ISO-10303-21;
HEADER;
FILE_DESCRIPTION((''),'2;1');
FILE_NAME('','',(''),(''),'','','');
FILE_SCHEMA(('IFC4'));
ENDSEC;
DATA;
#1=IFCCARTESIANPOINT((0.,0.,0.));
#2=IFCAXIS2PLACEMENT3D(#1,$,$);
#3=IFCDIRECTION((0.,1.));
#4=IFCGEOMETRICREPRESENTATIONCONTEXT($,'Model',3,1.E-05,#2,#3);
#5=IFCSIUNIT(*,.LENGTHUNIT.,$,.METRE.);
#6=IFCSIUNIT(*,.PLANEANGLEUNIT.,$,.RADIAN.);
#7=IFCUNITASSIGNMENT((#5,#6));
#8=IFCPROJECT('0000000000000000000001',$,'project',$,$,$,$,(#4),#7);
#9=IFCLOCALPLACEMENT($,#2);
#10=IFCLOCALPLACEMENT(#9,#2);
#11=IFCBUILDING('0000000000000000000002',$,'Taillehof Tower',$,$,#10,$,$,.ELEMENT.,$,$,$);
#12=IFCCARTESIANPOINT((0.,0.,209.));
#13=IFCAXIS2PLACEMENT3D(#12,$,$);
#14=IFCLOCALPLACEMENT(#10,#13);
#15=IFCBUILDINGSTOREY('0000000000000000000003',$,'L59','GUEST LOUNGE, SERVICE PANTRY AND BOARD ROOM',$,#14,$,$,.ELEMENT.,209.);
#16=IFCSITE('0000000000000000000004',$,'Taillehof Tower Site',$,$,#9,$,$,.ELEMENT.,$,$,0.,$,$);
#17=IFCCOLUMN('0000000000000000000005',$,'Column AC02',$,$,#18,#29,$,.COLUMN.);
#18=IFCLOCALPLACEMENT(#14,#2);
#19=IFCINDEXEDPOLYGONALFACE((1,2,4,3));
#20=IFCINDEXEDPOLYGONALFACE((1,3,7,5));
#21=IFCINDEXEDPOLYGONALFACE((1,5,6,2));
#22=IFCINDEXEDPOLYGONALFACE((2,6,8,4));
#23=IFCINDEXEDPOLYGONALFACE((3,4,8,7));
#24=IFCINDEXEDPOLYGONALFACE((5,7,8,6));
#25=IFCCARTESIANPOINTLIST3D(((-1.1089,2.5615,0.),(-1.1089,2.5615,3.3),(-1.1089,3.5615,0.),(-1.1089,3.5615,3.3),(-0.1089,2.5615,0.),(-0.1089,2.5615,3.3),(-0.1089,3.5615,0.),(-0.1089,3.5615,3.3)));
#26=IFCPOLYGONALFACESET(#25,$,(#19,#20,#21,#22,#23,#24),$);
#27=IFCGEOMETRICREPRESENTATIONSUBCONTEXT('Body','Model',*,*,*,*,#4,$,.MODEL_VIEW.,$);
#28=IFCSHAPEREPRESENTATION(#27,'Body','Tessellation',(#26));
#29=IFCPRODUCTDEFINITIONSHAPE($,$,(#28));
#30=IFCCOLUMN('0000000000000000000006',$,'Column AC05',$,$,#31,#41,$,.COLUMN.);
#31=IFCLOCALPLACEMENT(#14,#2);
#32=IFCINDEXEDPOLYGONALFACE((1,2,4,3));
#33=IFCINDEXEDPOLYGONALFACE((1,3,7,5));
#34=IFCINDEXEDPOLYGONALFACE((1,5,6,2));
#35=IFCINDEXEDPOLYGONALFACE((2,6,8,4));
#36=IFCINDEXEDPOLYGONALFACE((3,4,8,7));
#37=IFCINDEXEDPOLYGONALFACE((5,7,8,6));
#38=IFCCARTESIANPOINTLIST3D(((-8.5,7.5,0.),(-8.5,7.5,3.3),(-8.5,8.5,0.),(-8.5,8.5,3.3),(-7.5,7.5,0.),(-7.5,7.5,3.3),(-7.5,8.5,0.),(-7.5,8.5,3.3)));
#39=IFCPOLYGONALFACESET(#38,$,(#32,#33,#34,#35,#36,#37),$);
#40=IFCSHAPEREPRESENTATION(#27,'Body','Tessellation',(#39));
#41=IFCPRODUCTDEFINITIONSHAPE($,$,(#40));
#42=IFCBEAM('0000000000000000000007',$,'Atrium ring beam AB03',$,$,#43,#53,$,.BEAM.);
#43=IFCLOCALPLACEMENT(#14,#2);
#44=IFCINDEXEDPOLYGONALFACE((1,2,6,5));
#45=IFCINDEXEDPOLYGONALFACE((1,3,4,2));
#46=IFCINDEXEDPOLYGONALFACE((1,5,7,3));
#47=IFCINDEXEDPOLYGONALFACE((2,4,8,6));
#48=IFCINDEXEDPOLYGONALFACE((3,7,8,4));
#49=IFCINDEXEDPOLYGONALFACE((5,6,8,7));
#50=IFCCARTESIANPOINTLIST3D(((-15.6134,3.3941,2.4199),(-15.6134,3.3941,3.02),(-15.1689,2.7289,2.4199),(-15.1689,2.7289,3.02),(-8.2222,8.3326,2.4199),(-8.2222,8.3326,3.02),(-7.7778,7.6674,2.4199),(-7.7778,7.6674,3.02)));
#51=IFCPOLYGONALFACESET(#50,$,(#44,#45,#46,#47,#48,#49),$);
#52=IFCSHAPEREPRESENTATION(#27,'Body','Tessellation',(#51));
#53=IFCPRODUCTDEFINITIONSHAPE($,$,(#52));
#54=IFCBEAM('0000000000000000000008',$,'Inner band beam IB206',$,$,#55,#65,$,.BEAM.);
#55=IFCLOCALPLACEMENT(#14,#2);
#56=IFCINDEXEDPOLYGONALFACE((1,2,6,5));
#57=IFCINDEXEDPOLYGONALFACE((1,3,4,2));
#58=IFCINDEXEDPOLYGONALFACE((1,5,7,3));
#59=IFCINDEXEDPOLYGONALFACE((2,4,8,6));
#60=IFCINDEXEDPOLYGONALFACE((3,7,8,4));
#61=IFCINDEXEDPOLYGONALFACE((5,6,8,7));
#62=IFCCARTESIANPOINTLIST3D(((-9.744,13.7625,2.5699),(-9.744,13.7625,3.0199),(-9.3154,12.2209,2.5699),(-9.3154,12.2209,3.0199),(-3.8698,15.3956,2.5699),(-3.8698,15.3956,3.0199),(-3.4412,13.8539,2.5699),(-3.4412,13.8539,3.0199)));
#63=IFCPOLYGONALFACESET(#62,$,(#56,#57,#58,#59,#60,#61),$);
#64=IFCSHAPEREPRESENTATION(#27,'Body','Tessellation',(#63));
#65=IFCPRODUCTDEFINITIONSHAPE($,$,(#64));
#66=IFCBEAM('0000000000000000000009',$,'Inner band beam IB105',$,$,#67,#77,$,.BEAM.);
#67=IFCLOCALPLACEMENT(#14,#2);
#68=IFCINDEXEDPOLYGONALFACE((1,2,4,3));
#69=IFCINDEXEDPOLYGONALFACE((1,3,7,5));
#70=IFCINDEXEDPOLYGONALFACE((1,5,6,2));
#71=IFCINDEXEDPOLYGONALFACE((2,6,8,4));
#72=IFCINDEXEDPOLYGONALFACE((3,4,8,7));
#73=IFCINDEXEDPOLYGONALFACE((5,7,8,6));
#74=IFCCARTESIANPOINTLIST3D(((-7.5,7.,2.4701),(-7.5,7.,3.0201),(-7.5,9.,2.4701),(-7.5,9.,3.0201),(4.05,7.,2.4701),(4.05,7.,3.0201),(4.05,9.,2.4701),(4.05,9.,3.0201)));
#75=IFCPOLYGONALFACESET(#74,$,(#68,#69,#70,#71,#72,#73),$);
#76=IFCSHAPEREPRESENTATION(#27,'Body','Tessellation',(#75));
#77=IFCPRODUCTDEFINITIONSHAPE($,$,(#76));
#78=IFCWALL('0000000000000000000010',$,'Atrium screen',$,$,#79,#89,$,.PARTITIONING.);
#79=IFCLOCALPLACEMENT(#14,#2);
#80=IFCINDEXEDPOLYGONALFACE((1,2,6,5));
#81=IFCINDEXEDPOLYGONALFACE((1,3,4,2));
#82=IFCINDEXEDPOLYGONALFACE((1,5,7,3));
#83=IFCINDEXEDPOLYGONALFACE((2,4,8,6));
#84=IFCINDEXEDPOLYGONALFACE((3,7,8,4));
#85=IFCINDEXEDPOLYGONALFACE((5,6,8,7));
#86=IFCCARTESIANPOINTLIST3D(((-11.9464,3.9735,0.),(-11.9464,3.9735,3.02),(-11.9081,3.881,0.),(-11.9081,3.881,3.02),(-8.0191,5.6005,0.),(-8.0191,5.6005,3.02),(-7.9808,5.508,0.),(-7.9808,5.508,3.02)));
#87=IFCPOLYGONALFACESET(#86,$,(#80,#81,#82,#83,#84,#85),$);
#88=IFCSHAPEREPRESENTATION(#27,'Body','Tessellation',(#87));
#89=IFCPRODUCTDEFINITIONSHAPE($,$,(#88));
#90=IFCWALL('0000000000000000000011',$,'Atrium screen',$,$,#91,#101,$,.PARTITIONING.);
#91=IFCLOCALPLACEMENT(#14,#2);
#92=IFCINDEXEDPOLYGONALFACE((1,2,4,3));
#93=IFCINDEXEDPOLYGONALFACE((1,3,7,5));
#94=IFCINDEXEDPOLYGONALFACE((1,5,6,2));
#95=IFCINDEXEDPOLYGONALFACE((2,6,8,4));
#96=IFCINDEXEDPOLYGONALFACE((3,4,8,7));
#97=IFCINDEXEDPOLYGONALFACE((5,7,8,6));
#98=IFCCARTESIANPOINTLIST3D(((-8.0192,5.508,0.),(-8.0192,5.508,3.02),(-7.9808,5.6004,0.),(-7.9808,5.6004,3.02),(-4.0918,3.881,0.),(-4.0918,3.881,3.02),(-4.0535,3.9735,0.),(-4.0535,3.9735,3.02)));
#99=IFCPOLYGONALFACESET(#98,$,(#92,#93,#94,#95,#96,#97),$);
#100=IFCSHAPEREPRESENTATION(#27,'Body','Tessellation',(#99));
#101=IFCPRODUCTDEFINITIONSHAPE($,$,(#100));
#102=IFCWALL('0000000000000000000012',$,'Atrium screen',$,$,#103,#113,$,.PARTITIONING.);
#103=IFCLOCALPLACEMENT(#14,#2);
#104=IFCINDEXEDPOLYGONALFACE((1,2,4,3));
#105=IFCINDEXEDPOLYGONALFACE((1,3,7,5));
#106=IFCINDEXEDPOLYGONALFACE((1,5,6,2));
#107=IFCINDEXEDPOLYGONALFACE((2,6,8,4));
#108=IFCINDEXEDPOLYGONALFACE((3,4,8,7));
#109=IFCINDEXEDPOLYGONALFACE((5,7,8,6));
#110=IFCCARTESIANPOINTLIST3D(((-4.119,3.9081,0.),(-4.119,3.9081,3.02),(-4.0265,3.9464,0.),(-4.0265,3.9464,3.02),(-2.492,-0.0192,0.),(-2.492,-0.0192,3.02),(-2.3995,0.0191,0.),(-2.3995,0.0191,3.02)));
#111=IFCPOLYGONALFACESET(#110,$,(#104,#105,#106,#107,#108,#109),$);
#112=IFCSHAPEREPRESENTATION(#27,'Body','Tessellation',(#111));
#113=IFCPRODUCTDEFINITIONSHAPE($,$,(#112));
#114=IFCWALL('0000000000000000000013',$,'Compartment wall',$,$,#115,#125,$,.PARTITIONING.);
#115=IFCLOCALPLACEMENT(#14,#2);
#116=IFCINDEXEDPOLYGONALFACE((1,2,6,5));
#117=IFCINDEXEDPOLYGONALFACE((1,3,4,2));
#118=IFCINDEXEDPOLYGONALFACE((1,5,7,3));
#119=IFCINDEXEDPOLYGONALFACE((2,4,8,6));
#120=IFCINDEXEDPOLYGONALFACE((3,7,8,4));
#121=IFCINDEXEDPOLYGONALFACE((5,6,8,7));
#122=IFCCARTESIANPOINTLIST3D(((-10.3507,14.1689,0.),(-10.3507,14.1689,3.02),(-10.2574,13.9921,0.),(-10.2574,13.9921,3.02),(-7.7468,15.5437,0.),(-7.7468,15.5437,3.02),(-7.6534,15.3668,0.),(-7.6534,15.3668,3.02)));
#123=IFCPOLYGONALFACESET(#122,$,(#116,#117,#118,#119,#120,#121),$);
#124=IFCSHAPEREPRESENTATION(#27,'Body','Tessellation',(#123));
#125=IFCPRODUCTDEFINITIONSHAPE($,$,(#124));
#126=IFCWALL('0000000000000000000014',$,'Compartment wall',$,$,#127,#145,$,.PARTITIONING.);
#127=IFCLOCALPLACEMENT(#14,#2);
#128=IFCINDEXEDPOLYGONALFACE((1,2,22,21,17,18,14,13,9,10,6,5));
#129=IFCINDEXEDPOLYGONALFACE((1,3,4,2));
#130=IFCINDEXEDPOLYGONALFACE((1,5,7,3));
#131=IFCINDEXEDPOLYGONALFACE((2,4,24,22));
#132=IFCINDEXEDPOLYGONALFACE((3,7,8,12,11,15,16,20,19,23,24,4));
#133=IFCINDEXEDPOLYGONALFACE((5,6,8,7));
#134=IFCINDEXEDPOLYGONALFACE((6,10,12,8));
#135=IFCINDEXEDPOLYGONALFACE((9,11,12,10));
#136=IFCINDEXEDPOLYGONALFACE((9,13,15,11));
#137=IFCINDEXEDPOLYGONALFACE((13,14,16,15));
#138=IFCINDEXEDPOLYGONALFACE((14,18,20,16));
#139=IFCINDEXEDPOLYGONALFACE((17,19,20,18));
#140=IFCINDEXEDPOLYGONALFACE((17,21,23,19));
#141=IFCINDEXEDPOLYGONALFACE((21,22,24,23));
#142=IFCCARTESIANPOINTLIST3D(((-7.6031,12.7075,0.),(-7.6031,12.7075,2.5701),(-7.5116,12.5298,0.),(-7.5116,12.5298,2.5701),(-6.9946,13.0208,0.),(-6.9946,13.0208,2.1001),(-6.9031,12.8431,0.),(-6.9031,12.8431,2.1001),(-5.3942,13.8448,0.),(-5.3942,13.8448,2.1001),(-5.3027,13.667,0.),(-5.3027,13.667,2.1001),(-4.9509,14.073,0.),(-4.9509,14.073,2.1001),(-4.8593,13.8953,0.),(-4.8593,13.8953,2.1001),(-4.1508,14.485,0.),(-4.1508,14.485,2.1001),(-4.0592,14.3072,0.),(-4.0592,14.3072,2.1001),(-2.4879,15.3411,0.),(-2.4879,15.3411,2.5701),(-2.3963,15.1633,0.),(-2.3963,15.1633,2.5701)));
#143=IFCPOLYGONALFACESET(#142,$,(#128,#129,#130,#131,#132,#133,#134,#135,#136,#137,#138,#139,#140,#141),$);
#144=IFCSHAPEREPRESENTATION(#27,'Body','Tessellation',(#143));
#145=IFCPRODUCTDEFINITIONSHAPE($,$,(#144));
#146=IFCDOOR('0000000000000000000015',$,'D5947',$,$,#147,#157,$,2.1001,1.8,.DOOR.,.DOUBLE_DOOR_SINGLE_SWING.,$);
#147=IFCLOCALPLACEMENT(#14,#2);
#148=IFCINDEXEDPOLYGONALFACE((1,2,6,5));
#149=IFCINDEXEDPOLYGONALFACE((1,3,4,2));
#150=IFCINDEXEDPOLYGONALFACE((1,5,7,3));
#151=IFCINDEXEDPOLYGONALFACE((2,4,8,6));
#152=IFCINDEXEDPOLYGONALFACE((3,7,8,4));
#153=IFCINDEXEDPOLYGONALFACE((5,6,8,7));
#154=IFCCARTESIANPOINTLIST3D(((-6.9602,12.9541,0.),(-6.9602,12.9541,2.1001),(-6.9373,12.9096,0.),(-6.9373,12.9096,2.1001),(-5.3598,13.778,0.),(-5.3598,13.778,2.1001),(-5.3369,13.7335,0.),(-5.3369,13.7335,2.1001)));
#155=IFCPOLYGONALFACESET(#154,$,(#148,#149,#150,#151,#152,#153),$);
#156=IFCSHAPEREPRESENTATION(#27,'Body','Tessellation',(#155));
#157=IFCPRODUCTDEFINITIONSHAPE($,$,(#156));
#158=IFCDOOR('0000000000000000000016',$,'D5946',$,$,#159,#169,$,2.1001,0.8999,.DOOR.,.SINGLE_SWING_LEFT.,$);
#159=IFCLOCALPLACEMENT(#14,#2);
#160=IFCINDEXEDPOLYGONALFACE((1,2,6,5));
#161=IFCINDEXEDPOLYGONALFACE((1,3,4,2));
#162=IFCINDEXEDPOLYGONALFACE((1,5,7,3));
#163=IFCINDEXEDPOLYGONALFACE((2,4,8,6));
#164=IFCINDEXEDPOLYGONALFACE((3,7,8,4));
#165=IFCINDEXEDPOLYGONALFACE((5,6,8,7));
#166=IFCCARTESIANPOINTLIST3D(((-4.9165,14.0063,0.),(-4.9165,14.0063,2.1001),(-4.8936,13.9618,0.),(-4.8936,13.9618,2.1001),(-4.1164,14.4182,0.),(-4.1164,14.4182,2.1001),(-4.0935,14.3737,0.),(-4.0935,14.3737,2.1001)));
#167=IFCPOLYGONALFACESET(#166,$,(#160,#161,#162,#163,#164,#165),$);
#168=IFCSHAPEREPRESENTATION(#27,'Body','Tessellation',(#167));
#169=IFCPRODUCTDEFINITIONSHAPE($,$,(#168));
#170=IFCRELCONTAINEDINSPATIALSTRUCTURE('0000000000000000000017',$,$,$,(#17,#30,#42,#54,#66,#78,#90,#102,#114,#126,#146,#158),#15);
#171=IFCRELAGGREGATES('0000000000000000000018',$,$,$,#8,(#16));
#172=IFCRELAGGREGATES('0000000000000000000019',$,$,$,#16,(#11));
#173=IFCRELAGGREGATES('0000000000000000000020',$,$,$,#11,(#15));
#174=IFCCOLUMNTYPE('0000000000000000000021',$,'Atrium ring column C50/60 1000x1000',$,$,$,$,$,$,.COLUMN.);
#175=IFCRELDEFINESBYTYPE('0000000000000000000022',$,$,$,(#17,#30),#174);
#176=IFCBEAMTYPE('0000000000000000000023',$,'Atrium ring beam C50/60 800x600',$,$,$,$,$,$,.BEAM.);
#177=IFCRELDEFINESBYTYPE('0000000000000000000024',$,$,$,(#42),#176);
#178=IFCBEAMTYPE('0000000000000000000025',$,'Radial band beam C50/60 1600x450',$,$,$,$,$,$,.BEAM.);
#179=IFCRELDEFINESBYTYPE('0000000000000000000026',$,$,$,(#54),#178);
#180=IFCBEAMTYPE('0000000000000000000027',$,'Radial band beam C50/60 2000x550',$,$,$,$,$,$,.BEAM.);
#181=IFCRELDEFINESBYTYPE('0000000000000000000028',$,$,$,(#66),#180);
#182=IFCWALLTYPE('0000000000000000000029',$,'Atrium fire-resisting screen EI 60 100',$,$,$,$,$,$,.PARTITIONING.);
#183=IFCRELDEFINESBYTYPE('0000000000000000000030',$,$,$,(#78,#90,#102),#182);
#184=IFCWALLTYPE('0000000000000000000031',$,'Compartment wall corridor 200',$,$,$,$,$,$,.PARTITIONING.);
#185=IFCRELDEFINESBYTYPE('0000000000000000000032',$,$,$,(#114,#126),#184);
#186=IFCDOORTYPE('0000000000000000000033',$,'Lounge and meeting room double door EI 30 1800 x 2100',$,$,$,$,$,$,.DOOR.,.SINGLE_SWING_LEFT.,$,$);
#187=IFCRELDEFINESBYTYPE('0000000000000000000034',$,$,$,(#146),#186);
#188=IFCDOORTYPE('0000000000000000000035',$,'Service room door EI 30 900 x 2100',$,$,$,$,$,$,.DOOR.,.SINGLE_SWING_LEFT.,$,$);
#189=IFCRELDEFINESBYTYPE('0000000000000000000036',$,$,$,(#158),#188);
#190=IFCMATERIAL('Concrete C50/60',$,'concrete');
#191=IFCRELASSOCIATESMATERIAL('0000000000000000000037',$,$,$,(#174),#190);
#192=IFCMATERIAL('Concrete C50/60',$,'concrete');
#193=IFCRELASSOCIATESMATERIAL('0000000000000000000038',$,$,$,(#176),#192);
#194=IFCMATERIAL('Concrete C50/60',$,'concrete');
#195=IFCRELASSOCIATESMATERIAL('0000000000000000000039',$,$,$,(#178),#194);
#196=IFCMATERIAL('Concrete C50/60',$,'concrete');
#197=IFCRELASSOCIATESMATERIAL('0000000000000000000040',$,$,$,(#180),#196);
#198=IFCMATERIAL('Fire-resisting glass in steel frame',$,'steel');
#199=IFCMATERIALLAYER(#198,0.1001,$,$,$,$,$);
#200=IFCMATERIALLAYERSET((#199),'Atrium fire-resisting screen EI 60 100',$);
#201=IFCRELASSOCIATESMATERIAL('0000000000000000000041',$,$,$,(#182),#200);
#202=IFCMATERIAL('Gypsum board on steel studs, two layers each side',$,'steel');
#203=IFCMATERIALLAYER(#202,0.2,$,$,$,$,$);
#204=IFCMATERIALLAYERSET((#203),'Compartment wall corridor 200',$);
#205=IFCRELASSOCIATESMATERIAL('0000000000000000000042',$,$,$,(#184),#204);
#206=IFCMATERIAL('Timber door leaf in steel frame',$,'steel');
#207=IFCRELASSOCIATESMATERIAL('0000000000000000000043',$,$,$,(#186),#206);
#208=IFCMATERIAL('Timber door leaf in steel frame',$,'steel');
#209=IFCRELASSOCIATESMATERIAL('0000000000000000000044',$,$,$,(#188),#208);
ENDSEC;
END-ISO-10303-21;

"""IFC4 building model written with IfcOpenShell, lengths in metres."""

from ifc_helpers import new_model, si_unit, direction, frame, frame_2d, origin, origin_2d, place, context, subcontext, project, spatial, rectangle, extrude, material, layer, layer_set, material_profile, profile_set, type_object, element, fill, save


model = new_model("IFC4")

# Units and contexts
model_context = context("Model", 3, precision=1e-05, world=origin(), true_north=direction((0.0, 1.0)))
body_context = subcontext(model_context, "Body", "Model", "MODEL_VIEW")
ifc_project = project(units=[si_unit("LENGTHUNIT", "METRE"), si_unit("PLANEANGLEUNIT", "RADIAN")], contexts=[model_context])

# Site, building, storey
site_placement = place(None, origin())
site = spatial("IfcSite", under=ifc_project, at=site_placement, Name="Taillehof Tower Site", CompositionType="ELEMENT", RefElevation=0.0)
building_placement = place(site_placement, origin())
building = spatial("IfcBuilding", under=site, at=building_placement, Name="Taillehof Tower", CompositionType="ELEMENT")
storey_placement = place(building_placement, frame((0.0, 0.0, 209.0)))
storey = spatial("IfcBuildingStorey", under=building, at=storey_placement, Name="L59", Description="GUEST LOUNGE, SERVICE PANTRY AND BOARD ROOM", CompositionType="ELEMENT", Elevation=209.0)

# Columns
ifc_material_1 = material(Name="Concrete C50/60", Category="concrete")
ifc_material_profile_1 = material_profile(ifc_material_1, rectangle(XDim=1.0, YDim=1.0, at=origin_2d()), Name="RC 1000x1000")
ifc_profile_set_1 = profile_set([ifc_material_profile_1], Name="Concrete C50/60")
column_type = type_object("IfcColumnType", Name="Atrium ring column C50/60 1000x1000", PredefinedType="COLUMN", material=ifc_profile_set_1)
for number, where, z_axis, x_axis, name in (
    (1, (-0.6089, 3.0615, 0.0), (0.0, 0.0, 1.0), (1.0, 0.0, 0.0), "Column AC02"),
    (2, (-8.0, 8.0, 0.0), (0.0, 0.0, 1.0), (1.0, 0.0, 0.0), "Column AC05"),
):
    element("IfcColumn", number, at=place(storey_placement, frame(where, z_axis=z_axis, x_axis=x_axis)), inside=storey, type_object=column_type, Name=name, PredefinedType="COLUMN", context=body_context, shape_type="SweptSolid", body=[
        extrude(rectangle(XDim=1.0, YDim=1.0, at=origin_2d()), origin(), (0.0, 0.0, 1.0), 3.3),
    ])

# Beams
ifc_material_2 = material(Name="Concrete C50/60", Category="concrete")
ifc_material_profile_2 = material_profile(ifc_material_2, rectangle(XDim=0.8, YDim=0.6001, at=origin_2d()), Name="RC 800x600")
ifc_profile_set_2 = profile_set([ifc_material_profile_2], Name="Concrete C50/60")
beam_type_1 = type_object("IfcBeamType", Name="Atrium ring beam C50/60 800x600", PredefinedType="BEAM", material=ifc_profile_set_2)
beam_1_placement = place(storey_placement, frame((-8.0, 8.0, 2.72), z_axis=(-0.831475, -0.555562, 0.0), x_axis=(0.555562, -0.831475, 0.0)))
element("IfcBeam", 3, at=beam_1_placement, inside=storey, type_object=beam_type_1, Name="Atrium ring beam AB03", PredefinedType="BEAM", context=body_context, shape_type="SweptSolid", body=[
    extrude(rectangle(XDim=0.8, YDim=0.6001, at=origin_2d()), origin(), (0.0, 0.0, 1.0), 8.8892),
])
ifc_material_3 = material(Name="Concrete C50/60", Category="concrete")
ifc_material_profile_3 = material_profile(ifc_material_3, rectangle(XDim=1.6001, YDim=0.45, at=origin_2d()), Name="RC 1600x450")
ifc_profile_set_3 = profile_set([ifc_material_profile_3], Name="Concrete C50/60")
beam_type_2 = type_object("IfcBeamType", Name="Radial band beam C50/60 1600x450", PredefinedType="BEAM", material=ifc_profile_set_3)
beam_2_placement = place(storey_placement, frame((-3.6555, 14.6248, 2.7949), z_axis=(-0.963459, -0.267855, 0.0), x_axis=(0.267855, -0.963459, 0.0)))
element("IfcBeam", 4, at=beam_2_placement, inside=storey, type_object=beam_type_2, Name="Inner band beam IB206", PredefinedType="BEAM", context=body_context, shape_type="SweptSolid", body=[
    extrude(rectangle(XDim=1.6001, YDim=0.45, at=origin_2d()), origin(), (0.0, 0.0, 1.0), 6.0969),
])
ifc_material_4 = material(Name="Concrete C50/60", Category="concrete")
ifc_material_profile_4 = material_profile(ifc_material_4, rectangle(XDim=2.0, YDim=0.55, at=origin_2d()), Name="RC 2000x550")
ifc_profile_set_4 = profile_set([ifc_material_profile_4], Name="Concrete C50/60")
beam_type_3 = type_object("IfcBeamType", Name="Radial band beam C50/60 2000x550", PredefinedType="BEAM", material=ifc_profile_set_4)
beam_3_placement = place(storey_placement, frame((-7.5, 8.0, 2.7451), z_axis=(1.0, 0.0, 0.0), x_axis=(0.0, 1.0, 0.0)))
element("IfcBeam", 5, at=beam_3_placement, inside=storey, type_object=beam_type_3, Name="Inner band beam IB105", PredefinedType="BEAM", context=body_context, shape_type="SweptSolid", body=[
    extrude(rectangle(XDim=2.0, YDim=0.55, at=origin_2d()), origin(), (0.0, 0.0, 1.0), 11.55),
])

# Walls
ifc_material_5 = material(Name="Fire-resisting glass in steel frame", Category="steel")
ifc_layer_1 = layer(ifc_material_5, 0.1001)
ifc_layer_set_1 = layer_set([ifc_layer_1], Name="Atrium fire-resisting screen EI 60 100")
wall_type_1 = type_object("IfcWallType", Name="Atrium fire-resisting screen EI 60 100", PredefinedType="PARTITIONING", material=ifc_layer_set_1)
for number, where, z_axis, x_axis, name in (
    (6, (-11.9272, 3.9272, 0.0), (0.0, 0.0, 1.0), (0.92386, 0.382731, 0.0), "Atrium screen"),
    (7, (-8.0, 5.5542, 0.0), (0.0, 0.0, 1.0), (0.92386, -0.382731, 0.0), "Atrium screen"),
    (8, (-4.0728, 3.9272, 0.0), (0.0, 0.0, 1.0), (0.382731, -0.92386, 0.0), "Atrium screen"),
):
    element("IfcWall", number, at=place(storey_placement, frame(where, z_axis=z_axis, x_axis=x_axis)), inside=storey, type_object=wall_type_1, Name=name, PredefinedType="PARTITIONING", context=body_context, shape_type="SweptSolid", body=[
        extrude(rectangle(XDim=4.251, YDim=0.1001, at=frame_2d((2.1255, 0.0))), origin(), (0.0, 0.0, 1.0), 3.02),
    ])
ifc_material_6 = material(Name="Gypsum board on steel studs, two layers each side", Category="steel")
ifc_layer_2 = layer(ifc_material_6, 0.2)
ifc_layer_set_2 = layer_set([ifc_layer_2], Name="Compartment wall corridor 200")
wall_type_2 = type_object("IfcWallType", Name="Compartment wall corridor 200", PredefinedType="PARTITIONING", material=ifc_layer_set_2)
wall_1_placement = place(storey_placement, frame((-10.304, 14.0806, 0.0), z_axis=(0.0, 0.0, 1.0), x_axis=(0.884326, 0.46687, 0.0)))
element("IfcWall", 9, at=wall_1_placement, inside=storey, type_object=wall_type_2, Name="Compartment wall", PredefinedType="PARTITIONING", context=body_context, shape_type="SweptSolid", body=[
    extrude(rectangle(XDim=2.9446, YDim=0.2, at=frame_2d((1.4722, 0.0))), origin(), (0.0, 0.0, 1.0), 3.02),
])

# Wall, openings, doors
wall_2_placement = place(storey_placement, frame((-7.5574, 12.6187, 0.0), z_axis=(0.0, 0.0, 1.0), x_axis=(0.889086, 0.45774, 0.0)))
wall_2 = element("IfcWall", 10, at=wall_2_placement, inside=storey, type_object=wall_type_2, Name="Compartment wall", PredefinedType="PARTITIONING", context=body_context, shape_type="SweptSolid", body=[
    extrude(rectangle(XDim=5.7534, YDim=0.2, at=frame_2d((2.8767, 0.0))), origin(), (0.0, 0.0, 1.0), 2.5701),
])
opening_1_placement = place(wall_2_placement, frame((2.9832, 0.0, 0.0)))
opening_1 = element("IfcOpeningElement", 11, at=opening_1_placement, cuts=wall_2, PredefinedType="OPENING", context=body_context, shape_type="SweptSolid", body=[
    extrude(rectangle(XDim=0.8999, YDim=2.1001, at=frame_2d((0.45, 1.05))), frame((0.0, 0.1099, 0.0), z_axis=(0.0, -1.0, 0.0), x_axis=(1.0, 0.0, 0.0)), (0.0, 0.0, 1.0), 0.22),
])
opening_2_placement = place(wall_2_placement, frame((0.6846, 0.0, 0.0)))
opening_2 = element("IfcOpeningElement", 12, at=opening_2_placement, cuts=wall_2, PredefinedType="OPENING", context=body_context, shape_type="SweptSolid", body=[
    extrude(rectangle(XDim=1.8, YDim=2.1001, at=frame_2d((0.8999, 1.05))), frame((0.0, 0.1099, 0.0), z_axis=(0.0, -1.0, 0.0), x_axis=(1.0, 0.0, 0.0)), (0.0, 0.0, 1.0), 0.22),
])
ifc_material_7 = material(Name="Timber door leaf in steel frame", Category="steel")
door_type_1 = type_object("IfcDoorType", Name="Lounge and meeting room double door EI 30 1800 x 2100", OperationType="SINGLE_SWING_LEFT", PredefinedType="DOOR", material=ifc_material_7)
door_1_placement = place(opening_2_placement, origin())
door_1 = element("IfcDoor", 13, at=door_1_placement, inside=storey, type_object=door_type_1, Name="D5947", OperationType="DOUBLE_DOOR_SINGLE_SWING", OverallHeight=2.1001, OverallWidth=1.8, PredefinedType="DOOR", context=body_context, shape_type="SweptSolid", body=[
    extrude(rectangle(XDim=1.8, YDim=2.1001, at=frame_2d((0.8999, 1.05))), frame((0.0, 0.0249, 0.0), z_axis=(0.0, -1.0, 0.0), x_axis=(1.0, 0.0, 0.0)), (0.0, 0.0, 1.0), 0.05),
])
fill(opening_2, door_1)
ifc_material_8 = material(Name="Timber door leaf in steel frame", Category="steel")
door_type_2 = type_object("IfcDoorType", Name="Service room door EI 30 900 x 2100", OperationType="SINGLE_SWING_LEFT", PredefinedType="DOOR", material=ifc_material_8)
door_2_placement = place(opening_1_placement, origin())
door_2 = element("IfcDoor", 14, at=door_2_placement, inside=storey, type_object=door_type_2, Name="D5946", OperationType="SINGLE_SWING_LEFT", OverallHeight=2.1001, OverallWidth=0.8999, PredefinedType="DOOR", context=body_context, shape_type="SweptSolid", body=[
    extrude(rectangle(XDim=0.8999, YDim=2.1001, at=frame_2d((0.45, 1.05))), frame((0.0, 0.0249, 0.0), z_axis=(0.0, -1.0, 0.0), x_axis=(1.0, 0.0, 0.0)), (0.0, 0.0, 1.0), 0.05),
])
fill(opening_1, door_2)

save(model, "model.ifc")
